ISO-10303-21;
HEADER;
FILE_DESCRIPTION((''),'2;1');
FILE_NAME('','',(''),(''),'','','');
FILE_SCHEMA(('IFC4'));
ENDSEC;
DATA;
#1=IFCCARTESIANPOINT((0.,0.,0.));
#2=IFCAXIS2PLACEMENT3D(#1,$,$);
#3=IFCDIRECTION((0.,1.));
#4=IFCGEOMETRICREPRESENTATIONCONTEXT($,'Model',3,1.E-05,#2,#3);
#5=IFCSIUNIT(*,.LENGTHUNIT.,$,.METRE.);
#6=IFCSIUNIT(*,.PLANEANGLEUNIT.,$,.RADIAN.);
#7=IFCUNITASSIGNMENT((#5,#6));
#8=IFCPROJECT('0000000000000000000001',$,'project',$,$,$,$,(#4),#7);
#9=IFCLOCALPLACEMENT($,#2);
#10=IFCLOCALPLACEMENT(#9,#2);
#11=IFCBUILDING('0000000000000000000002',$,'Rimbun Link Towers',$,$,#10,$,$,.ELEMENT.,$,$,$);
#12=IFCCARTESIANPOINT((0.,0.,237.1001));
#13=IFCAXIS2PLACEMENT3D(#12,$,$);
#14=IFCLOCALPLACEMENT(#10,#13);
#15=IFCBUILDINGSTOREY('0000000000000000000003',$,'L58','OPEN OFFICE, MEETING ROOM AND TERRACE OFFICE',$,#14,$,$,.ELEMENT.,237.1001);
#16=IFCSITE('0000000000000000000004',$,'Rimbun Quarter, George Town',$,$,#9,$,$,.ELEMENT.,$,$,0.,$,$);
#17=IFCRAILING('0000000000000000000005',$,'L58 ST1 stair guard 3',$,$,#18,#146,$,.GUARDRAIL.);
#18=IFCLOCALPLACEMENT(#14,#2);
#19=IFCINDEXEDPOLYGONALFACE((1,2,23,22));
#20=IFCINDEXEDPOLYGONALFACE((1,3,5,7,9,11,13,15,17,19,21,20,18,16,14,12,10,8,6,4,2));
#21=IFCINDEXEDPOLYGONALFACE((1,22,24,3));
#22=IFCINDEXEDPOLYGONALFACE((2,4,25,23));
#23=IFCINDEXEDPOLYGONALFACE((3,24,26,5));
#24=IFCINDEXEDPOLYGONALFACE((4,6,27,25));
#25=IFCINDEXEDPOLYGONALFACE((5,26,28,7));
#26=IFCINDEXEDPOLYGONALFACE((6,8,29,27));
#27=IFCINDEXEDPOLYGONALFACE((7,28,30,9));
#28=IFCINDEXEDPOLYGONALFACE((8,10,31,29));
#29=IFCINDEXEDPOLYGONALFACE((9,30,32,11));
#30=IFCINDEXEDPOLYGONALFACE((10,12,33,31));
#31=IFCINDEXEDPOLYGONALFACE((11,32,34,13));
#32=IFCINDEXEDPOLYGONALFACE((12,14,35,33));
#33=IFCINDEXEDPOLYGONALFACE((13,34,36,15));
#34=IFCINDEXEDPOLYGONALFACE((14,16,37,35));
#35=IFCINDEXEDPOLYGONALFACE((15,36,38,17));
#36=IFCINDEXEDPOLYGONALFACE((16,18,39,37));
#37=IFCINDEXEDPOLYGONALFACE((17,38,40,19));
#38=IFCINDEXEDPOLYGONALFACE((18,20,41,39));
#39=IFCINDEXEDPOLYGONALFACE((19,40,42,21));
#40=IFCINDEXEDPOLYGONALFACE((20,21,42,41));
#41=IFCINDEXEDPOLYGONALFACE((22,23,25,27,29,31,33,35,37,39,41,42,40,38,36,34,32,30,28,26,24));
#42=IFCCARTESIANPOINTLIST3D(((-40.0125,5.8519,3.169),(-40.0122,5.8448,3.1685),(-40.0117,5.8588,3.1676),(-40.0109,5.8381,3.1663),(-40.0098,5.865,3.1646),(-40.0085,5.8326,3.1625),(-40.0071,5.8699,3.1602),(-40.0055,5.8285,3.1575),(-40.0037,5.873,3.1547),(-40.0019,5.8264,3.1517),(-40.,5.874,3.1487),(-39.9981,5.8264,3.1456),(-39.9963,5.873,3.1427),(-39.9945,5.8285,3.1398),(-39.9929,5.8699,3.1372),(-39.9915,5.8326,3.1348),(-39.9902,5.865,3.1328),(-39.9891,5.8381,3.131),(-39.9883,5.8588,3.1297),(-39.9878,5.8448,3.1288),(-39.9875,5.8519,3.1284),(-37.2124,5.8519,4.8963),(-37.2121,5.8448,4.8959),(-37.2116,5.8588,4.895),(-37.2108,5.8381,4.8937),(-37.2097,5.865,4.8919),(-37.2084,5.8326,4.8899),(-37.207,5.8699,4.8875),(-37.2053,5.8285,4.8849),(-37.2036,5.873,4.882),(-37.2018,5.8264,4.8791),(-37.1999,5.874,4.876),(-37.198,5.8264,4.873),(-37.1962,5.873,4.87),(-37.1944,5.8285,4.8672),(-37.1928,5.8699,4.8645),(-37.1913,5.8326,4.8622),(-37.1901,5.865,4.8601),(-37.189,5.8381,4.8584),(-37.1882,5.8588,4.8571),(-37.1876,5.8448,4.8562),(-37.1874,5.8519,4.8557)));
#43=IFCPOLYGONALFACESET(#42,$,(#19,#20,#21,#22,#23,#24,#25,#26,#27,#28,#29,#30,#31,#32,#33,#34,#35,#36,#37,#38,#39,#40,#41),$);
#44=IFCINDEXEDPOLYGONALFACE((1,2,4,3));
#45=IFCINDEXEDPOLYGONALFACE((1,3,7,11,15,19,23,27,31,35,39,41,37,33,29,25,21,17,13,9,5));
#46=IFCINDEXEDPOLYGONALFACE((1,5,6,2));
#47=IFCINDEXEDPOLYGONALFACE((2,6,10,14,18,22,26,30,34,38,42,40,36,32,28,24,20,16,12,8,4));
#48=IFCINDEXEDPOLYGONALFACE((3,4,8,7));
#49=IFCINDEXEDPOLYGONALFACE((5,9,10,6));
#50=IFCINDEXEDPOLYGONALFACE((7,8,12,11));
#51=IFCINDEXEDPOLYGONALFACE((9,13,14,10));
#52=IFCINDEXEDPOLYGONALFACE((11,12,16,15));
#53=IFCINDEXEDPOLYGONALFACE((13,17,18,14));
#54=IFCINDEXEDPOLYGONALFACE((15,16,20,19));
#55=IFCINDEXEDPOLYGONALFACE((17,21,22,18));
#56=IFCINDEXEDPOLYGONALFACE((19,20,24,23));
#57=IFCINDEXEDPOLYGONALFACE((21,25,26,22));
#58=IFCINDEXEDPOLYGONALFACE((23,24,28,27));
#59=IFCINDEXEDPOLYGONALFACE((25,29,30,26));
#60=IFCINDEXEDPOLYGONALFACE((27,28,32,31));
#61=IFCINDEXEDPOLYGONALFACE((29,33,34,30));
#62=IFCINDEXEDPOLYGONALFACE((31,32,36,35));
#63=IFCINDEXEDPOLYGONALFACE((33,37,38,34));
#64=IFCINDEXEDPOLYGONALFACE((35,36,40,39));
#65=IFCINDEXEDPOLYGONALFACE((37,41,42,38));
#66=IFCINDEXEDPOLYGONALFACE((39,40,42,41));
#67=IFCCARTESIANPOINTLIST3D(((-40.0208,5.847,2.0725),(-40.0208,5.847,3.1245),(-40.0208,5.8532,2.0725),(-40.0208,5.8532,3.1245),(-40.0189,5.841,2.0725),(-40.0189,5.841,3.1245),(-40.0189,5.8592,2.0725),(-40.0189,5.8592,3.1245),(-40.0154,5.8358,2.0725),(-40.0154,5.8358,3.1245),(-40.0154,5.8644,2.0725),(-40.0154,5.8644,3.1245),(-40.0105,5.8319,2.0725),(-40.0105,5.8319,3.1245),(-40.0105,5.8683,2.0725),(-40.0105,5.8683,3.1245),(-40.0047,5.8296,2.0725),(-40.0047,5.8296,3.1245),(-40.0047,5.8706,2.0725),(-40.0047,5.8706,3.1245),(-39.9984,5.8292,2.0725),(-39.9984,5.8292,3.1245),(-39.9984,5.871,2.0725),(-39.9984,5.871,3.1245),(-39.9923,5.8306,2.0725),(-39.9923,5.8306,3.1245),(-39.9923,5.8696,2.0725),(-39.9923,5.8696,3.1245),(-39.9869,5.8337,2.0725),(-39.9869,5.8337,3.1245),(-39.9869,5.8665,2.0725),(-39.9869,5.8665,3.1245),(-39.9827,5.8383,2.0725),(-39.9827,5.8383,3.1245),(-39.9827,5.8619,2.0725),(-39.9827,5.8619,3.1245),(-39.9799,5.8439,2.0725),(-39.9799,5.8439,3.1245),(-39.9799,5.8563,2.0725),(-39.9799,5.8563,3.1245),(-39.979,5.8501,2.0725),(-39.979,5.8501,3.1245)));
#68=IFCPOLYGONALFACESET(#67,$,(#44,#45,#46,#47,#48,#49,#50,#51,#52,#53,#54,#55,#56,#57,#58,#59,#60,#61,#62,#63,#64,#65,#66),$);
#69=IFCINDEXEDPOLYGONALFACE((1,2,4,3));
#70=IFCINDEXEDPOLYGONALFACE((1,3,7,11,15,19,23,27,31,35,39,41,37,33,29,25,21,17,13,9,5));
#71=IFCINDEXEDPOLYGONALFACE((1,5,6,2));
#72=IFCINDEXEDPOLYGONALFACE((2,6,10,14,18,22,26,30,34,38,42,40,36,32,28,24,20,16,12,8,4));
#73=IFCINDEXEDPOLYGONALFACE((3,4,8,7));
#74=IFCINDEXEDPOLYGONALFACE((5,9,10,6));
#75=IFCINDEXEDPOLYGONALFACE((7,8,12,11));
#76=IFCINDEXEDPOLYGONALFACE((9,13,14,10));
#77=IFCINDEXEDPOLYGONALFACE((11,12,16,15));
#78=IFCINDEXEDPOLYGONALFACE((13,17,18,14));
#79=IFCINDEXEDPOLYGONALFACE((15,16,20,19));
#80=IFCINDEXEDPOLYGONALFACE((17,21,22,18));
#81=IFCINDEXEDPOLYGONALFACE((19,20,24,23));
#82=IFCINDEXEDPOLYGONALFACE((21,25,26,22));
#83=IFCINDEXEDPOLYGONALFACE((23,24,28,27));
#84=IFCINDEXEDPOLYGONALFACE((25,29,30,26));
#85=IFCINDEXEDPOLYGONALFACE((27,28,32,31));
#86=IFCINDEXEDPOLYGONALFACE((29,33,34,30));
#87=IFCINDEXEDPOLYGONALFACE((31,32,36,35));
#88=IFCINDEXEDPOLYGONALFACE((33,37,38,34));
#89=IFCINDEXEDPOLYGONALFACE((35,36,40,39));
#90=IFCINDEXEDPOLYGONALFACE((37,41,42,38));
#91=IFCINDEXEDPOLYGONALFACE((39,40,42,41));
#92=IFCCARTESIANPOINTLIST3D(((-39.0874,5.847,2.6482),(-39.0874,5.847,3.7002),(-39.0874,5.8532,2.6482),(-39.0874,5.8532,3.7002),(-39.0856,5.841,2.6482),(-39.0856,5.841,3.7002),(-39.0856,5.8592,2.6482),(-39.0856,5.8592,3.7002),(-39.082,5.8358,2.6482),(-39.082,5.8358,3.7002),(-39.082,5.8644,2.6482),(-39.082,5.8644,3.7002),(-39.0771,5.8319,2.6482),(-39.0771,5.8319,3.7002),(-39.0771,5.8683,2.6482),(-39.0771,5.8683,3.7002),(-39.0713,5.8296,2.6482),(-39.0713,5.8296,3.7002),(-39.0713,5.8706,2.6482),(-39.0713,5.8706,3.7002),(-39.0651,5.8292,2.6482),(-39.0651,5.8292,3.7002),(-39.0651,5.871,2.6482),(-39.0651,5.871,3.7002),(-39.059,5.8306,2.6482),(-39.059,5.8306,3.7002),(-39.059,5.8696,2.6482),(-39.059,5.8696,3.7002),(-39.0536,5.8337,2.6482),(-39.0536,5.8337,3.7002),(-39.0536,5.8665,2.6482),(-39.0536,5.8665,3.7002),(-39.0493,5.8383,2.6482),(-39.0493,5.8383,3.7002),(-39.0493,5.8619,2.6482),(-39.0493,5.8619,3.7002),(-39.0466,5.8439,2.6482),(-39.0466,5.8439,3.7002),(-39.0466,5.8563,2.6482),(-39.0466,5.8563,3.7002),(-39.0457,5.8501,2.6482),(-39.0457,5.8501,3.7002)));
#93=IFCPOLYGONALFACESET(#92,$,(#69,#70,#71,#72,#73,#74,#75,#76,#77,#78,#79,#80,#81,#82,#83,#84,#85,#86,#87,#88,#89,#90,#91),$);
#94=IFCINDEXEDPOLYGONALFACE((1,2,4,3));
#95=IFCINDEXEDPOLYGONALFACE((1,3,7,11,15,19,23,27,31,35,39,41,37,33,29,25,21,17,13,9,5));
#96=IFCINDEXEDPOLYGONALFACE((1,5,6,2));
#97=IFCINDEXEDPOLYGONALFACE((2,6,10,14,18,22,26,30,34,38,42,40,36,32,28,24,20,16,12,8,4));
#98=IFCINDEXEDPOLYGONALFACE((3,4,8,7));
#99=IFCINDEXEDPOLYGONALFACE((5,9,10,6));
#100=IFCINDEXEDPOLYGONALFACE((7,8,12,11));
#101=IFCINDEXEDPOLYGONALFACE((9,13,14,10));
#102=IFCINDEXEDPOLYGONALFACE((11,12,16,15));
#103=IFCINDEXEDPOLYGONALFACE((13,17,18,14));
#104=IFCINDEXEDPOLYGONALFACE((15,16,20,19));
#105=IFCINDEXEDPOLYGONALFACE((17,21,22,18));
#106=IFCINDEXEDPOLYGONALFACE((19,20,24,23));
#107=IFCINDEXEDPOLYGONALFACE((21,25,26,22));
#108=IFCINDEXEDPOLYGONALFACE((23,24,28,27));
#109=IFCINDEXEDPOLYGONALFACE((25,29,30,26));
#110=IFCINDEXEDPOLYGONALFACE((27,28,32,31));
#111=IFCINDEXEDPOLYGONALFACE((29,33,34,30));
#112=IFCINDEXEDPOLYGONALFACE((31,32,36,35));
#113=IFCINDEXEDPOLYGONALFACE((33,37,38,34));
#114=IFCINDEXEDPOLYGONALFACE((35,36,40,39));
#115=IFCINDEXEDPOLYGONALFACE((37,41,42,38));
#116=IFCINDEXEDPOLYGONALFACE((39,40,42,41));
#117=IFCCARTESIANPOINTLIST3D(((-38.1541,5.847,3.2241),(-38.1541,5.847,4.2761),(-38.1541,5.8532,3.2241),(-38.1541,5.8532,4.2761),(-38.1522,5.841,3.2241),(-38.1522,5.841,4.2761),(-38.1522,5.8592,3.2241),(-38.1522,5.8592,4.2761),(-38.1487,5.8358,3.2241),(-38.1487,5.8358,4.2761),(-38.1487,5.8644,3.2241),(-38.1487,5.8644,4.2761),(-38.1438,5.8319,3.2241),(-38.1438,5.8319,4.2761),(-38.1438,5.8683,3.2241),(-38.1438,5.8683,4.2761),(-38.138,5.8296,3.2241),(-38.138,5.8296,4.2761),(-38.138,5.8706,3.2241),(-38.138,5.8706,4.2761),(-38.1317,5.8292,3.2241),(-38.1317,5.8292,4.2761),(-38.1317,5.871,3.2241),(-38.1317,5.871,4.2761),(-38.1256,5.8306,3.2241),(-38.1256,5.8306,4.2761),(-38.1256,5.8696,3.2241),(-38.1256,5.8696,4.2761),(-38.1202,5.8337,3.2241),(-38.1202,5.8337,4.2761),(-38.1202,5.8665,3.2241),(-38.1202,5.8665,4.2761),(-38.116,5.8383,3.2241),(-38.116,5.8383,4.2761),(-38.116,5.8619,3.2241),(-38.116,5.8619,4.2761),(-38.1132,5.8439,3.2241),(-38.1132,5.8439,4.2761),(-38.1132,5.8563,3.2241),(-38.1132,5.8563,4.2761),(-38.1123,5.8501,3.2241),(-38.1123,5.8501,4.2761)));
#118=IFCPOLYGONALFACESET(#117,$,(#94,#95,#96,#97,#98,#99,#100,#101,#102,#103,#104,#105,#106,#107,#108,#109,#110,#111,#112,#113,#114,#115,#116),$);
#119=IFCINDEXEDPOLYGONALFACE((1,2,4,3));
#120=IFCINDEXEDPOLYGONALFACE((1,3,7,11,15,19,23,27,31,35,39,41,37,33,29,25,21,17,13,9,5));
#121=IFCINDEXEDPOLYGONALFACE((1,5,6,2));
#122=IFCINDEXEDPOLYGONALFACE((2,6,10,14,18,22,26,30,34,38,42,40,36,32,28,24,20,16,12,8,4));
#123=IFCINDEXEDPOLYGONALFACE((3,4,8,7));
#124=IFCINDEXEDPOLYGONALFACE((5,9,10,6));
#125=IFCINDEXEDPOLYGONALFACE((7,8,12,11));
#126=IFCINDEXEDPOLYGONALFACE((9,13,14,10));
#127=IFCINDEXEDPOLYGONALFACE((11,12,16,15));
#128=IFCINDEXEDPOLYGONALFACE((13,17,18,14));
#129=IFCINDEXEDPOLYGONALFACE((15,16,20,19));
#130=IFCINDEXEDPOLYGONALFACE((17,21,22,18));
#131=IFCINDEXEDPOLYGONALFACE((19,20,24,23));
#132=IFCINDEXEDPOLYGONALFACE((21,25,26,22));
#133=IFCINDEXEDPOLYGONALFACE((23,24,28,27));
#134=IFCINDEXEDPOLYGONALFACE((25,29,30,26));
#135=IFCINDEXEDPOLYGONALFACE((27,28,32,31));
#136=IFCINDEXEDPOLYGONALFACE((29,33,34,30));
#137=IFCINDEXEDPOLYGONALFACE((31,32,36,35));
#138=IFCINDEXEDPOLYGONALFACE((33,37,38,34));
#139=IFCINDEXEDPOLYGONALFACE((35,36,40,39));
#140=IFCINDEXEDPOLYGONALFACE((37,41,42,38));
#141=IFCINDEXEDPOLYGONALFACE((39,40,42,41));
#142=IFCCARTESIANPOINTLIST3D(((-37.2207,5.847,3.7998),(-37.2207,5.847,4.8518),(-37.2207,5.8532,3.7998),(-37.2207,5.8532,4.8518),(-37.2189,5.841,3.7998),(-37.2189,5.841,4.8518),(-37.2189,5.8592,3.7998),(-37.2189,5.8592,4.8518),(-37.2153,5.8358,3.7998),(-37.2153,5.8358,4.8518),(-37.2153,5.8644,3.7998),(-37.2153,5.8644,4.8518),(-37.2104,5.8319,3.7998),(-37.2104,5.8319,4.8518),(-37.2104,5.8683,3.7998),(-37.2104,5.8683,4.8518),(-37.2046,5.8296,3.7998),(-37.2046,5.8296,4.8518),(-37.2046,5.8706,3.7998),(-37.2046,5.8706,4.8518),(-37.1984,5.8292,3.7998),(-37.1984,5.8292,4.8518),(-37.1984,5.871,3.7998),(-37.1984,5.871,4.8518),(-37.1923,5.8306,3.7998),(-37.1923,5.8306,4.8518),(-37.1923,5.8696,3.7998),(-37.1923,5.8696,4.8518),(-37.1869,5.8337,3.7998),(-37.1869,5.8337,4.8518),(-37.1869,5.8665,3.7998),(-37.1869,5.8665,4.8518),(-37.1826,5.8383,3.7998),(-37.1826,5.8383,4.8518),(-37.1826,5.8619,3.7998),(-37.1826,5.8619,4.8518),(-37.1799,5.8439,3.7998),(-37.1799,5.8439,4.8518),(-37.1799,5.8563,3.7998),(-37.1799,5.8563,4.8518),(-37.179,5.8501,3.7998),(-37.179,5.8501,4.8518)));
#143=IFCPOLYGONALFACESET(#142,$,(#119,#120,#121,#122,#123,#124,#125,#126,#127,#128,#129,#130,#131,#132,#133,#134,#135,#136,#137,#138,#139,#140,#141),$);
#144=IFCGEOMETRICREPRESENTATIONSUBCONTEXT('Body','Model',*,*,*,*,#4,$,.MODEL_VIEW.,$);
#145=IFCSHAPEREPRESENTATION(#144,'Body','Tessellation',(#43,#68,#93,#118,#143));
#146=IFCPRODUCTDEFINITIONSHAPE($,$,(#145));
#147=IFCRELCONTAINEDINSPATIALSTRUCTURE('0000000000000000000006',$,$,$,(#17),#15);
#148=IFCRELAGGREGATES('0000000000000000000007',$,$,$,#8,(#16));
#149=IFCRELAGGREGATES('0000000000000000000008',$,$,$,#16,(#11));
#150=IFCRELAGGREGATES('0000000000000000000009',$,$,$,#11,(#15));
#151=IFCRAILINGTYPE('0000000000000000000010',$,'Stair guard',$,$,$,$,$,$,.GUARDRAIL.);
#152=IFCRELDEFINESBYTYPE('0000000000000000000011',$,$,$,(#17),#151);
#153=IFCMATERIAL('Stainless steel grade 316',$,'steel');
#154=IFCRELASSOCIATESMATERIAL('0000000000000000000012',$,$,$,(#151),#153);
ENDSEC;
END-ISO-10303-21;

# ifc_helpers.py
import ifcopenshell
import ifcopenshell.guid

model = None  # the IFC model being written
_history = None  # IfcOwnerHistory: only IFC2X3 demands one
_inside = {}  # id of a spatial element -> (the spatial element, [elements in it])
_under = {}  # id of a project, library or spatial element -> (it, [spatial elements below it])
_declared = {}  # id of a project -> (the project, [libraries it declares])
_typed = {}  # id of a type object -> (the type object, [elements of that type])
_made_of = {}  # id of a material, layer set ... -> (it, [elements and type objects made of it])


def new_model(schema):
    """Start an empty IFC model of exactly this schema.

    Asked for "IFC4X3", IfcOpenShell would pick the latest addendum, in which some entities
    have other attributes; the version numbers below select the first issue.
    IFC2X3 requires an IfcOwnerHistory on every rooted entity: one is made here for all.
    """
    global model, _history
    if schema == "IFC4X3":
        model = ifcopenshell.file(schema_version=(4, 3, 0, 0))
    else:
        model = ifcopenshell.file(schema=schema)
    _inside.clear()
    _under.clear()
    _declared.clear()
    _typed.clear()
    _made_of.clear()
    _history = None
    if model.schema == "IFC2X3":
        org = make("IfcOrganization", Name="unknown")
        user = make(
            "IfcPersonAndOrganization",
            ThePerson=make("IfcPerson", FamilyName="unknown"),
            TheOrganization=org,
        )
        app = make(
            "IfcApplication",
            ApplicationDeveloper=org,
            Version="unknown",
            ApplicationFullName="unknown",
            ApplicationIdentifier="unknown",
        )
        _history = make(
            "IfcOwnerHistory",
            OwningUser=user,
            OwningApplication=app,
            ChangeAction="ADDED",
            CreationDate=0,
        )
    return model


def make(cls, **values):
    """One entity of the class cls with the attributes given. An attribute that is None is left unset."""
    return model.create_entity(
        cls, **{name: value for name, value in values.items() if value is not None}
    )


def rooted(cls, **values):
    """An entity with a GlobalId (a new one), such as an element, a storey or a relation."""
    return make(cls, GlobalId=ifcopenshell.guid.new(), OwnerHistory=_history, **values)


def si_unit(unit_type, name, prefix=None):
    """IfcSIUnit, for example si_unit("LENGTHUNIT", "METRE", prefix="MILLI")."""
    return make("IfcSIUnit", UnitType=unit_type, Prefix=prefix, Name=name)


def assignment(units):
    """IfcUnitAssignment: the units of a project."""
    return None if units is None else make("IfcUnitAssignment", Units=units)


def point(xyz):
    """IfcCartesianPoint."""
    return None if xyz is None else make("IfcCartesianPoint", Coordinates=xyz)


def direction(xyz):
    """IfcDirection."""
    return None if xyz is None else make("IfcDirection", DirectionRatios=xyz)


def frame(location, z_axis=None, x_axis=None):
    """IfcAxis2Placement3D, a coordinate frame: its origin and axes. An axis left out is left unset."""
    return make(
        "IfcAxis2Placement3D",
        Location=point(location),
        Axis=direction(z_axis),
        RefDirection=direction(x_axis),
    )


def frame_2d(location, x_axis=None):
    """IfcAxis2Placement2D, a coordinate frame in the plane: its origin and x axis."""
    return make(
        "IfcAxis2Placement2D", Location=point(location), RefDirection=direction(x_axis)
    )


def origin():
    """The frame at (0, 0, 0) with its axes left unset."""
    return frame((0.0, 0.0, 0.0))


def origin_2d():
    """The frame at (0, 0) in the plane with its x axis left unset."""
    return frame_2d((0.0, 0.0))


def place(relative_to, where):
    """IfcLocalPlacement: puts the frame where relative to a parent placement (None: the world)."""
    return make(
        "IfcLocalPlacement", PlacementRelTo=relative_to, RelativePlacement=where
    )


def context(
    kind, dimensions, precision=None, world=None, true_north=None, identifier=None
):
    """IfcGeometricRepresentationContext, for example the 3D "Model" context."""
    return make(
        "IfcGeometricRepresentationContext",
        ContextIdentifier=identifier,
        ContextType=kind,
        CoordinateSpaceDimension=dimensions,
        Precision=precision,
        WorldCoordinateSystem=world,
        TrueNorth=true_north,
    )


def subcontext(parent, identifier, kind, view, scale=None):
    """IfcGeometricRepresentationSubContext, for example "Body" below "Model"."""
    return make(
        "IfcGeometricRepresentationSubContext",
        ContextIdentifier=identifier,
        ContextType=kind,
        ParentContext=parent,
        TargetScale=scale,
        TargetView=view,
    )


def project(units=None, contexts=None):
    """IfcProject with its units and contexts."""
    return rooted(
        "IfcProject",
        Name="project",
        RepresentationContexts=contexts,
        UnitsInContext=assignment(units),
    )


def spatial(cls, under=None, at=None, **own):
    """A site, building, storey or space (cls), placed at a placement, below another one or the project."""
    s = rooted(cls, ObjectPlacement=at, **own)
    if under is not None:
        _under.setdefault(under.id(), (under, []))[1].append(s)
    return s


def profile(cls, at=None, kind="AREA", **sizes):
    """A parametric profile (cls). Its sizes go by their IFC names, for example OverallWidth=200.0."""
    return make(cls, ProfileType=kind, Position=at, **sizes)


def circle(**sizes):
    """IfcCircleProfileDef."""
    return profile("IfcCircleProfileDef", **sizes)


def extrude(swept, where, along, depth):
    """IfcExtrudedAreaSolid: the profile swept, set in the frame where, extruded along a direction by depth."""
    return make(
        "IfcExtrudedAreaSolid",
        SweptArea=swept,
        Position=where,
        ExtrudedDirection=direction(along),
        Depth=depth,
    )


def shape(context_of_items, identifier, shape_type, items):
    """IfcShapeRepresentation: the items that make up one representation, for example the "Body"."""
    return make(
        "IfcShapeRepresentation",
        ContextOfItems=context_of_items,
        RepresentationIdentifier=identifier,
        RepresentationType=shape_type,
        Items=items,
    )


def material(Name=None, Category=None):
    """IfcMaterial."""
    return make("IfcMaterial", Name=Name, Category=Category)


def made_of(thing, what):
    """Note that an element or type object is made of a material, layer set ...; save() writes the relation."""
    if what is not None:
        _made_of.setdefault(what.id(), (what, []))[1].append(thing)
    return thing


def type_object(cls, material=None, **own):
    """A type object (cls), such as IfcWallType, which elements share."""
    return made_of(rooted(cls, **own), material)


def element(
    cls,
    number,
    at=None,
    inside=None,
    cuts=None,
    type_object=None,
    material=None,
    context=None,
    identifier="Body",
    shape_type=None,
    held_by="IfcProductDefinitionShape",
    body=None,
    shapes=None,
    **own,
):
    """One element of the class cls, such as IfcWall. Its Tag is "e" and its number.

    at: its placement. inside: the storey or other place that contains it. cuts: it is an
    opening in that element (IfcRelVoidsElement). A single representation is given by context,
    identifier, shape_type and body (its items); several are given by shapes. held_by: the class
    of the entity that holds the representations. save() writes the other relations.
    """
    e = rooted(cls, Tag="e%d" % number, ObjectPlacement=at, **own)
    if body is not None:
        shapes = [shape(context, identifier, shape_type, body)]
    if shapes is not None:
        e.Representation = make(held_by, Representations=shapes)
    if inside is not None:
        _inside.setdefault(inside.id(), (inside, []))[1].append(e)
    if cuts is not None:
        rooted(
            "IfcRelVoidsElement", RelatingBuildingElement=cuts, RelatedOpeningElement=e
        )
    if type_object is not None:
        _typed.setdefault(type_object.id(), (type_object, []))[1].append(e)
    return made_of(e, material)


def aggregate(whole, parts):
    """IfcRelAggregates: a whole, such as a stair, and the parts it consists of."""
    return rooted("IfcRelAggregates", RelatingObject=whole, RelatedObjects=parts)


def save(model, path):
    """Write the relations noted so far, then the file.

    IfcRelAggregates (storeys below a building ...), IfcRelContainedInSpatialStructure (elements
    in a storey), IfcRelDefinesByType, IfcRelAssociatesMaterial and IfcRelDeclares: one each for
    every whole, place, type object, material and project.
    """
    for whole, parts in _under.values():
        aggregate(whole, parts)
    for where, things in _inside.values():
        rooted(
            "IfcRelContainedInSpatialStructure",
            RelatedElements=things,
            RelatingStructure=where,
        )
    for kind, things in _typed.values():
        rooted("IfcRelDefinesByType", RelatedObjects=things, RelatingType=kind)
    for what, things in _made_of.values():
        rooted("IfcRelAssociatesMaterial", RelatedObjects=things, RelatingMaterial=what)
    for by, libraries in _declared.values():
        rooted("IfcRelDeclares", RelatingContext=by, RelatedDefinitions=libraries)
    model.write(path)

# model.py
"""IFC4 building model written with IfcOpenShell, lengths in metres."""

from ifc_helpers import new_model, si_unit, direction, frame, origin, origin_2d, place, context, subcontext, project, spatial, circle, extrude, material, type_object, element, save


model = new_model("IFC4")

# Units and contexts
model_context = context("Model", 3, precision=1e-05, world=origin(), true_north=direction((0.0, 1.0)))
body_context = subcontext(model_context, "Body", "Model", "MODEL_VIEW")
ifc_project = project(units=[si_unit("LENGTHUNIT", "METRE"), si_unit("PLANEANGLEUNIT", "RADIAN")], contexts=[model_context])

# Site, building, storey
site_placement = place(None, origin())
site = spatial("IfcSite", under=ifc_project, at=site_placement, Name="Rimbun Quarter, George Town", CompositionType="ELEMENT", RefElevation=0.0)
building_placement = place(site_placement, origin())
building = spatial("IfcBuilding", under=site, at=building_placement, Name="Rimbun Link Towers", CompositionType="ELEMENT")
storey_placement = place(building_placement, frame((0.0, 0.0, 237.1001)))
storey = spatial("IfcBuildingStorey", under=building, at=storey_placement, Name="L58", Description="OPEN OFFICE, MEETING ROOM AND TERRACE OFFICE", CompositionType="ELEMENT", Elevation=237.1001)

# Railing
ifc_material_1 = material(Name="Stainless steel grade 316", Category="steel")
railing_type_1 = type_object("IfcRailingType", Name="Stair guard", PredefinedType="GUARDRAIL", material=ifc_material_1)
railing_1_placement = place(storey_placement, frame((-40.0, 5.8501, 2.0725)))
element("IfcRailing", 1, at=railing_1_placement, inside=storey, type_object=railing_type_1, Name="L58 ST1 stair guard 3", PredefinedType="GUARDRAIL", context=body_context, shape_type="SweptSolid", body=[
    extrude(circle(Radius=0.0239, at=origin_2d()), frame((0.0, 0.0, 1.0762), z_axis=(0.85109, 0.0, 0.52502), x_axis=(0.0, 1.0, 0.0)), (0.0, 0.0, 1.0), 3.29),
    extrude(circle(Radius=0.021, at=origin_2d()), origin(), (0.0, 0.0, 1.0), 1.052),
    extrude(circle(Radius=0.021, at=origin_2d()), frame((0.9333, 0.0, 0.5757)), (0.0, 0.0, 1.0), 1.052),
    extrude(circle(Radius=0.021, at=origin_2d()), frame((1.8667, 0.0, 1.1516)), (0.0, 0.0, 1.0), 1.052),
    extrude(circle(Radius=0.021, at=origin_2d()), frame((2.8, 0.0, 1.7273)), (0.0, 0.0, 1.0), 1.052),
])

save(model, "model.ifc")
